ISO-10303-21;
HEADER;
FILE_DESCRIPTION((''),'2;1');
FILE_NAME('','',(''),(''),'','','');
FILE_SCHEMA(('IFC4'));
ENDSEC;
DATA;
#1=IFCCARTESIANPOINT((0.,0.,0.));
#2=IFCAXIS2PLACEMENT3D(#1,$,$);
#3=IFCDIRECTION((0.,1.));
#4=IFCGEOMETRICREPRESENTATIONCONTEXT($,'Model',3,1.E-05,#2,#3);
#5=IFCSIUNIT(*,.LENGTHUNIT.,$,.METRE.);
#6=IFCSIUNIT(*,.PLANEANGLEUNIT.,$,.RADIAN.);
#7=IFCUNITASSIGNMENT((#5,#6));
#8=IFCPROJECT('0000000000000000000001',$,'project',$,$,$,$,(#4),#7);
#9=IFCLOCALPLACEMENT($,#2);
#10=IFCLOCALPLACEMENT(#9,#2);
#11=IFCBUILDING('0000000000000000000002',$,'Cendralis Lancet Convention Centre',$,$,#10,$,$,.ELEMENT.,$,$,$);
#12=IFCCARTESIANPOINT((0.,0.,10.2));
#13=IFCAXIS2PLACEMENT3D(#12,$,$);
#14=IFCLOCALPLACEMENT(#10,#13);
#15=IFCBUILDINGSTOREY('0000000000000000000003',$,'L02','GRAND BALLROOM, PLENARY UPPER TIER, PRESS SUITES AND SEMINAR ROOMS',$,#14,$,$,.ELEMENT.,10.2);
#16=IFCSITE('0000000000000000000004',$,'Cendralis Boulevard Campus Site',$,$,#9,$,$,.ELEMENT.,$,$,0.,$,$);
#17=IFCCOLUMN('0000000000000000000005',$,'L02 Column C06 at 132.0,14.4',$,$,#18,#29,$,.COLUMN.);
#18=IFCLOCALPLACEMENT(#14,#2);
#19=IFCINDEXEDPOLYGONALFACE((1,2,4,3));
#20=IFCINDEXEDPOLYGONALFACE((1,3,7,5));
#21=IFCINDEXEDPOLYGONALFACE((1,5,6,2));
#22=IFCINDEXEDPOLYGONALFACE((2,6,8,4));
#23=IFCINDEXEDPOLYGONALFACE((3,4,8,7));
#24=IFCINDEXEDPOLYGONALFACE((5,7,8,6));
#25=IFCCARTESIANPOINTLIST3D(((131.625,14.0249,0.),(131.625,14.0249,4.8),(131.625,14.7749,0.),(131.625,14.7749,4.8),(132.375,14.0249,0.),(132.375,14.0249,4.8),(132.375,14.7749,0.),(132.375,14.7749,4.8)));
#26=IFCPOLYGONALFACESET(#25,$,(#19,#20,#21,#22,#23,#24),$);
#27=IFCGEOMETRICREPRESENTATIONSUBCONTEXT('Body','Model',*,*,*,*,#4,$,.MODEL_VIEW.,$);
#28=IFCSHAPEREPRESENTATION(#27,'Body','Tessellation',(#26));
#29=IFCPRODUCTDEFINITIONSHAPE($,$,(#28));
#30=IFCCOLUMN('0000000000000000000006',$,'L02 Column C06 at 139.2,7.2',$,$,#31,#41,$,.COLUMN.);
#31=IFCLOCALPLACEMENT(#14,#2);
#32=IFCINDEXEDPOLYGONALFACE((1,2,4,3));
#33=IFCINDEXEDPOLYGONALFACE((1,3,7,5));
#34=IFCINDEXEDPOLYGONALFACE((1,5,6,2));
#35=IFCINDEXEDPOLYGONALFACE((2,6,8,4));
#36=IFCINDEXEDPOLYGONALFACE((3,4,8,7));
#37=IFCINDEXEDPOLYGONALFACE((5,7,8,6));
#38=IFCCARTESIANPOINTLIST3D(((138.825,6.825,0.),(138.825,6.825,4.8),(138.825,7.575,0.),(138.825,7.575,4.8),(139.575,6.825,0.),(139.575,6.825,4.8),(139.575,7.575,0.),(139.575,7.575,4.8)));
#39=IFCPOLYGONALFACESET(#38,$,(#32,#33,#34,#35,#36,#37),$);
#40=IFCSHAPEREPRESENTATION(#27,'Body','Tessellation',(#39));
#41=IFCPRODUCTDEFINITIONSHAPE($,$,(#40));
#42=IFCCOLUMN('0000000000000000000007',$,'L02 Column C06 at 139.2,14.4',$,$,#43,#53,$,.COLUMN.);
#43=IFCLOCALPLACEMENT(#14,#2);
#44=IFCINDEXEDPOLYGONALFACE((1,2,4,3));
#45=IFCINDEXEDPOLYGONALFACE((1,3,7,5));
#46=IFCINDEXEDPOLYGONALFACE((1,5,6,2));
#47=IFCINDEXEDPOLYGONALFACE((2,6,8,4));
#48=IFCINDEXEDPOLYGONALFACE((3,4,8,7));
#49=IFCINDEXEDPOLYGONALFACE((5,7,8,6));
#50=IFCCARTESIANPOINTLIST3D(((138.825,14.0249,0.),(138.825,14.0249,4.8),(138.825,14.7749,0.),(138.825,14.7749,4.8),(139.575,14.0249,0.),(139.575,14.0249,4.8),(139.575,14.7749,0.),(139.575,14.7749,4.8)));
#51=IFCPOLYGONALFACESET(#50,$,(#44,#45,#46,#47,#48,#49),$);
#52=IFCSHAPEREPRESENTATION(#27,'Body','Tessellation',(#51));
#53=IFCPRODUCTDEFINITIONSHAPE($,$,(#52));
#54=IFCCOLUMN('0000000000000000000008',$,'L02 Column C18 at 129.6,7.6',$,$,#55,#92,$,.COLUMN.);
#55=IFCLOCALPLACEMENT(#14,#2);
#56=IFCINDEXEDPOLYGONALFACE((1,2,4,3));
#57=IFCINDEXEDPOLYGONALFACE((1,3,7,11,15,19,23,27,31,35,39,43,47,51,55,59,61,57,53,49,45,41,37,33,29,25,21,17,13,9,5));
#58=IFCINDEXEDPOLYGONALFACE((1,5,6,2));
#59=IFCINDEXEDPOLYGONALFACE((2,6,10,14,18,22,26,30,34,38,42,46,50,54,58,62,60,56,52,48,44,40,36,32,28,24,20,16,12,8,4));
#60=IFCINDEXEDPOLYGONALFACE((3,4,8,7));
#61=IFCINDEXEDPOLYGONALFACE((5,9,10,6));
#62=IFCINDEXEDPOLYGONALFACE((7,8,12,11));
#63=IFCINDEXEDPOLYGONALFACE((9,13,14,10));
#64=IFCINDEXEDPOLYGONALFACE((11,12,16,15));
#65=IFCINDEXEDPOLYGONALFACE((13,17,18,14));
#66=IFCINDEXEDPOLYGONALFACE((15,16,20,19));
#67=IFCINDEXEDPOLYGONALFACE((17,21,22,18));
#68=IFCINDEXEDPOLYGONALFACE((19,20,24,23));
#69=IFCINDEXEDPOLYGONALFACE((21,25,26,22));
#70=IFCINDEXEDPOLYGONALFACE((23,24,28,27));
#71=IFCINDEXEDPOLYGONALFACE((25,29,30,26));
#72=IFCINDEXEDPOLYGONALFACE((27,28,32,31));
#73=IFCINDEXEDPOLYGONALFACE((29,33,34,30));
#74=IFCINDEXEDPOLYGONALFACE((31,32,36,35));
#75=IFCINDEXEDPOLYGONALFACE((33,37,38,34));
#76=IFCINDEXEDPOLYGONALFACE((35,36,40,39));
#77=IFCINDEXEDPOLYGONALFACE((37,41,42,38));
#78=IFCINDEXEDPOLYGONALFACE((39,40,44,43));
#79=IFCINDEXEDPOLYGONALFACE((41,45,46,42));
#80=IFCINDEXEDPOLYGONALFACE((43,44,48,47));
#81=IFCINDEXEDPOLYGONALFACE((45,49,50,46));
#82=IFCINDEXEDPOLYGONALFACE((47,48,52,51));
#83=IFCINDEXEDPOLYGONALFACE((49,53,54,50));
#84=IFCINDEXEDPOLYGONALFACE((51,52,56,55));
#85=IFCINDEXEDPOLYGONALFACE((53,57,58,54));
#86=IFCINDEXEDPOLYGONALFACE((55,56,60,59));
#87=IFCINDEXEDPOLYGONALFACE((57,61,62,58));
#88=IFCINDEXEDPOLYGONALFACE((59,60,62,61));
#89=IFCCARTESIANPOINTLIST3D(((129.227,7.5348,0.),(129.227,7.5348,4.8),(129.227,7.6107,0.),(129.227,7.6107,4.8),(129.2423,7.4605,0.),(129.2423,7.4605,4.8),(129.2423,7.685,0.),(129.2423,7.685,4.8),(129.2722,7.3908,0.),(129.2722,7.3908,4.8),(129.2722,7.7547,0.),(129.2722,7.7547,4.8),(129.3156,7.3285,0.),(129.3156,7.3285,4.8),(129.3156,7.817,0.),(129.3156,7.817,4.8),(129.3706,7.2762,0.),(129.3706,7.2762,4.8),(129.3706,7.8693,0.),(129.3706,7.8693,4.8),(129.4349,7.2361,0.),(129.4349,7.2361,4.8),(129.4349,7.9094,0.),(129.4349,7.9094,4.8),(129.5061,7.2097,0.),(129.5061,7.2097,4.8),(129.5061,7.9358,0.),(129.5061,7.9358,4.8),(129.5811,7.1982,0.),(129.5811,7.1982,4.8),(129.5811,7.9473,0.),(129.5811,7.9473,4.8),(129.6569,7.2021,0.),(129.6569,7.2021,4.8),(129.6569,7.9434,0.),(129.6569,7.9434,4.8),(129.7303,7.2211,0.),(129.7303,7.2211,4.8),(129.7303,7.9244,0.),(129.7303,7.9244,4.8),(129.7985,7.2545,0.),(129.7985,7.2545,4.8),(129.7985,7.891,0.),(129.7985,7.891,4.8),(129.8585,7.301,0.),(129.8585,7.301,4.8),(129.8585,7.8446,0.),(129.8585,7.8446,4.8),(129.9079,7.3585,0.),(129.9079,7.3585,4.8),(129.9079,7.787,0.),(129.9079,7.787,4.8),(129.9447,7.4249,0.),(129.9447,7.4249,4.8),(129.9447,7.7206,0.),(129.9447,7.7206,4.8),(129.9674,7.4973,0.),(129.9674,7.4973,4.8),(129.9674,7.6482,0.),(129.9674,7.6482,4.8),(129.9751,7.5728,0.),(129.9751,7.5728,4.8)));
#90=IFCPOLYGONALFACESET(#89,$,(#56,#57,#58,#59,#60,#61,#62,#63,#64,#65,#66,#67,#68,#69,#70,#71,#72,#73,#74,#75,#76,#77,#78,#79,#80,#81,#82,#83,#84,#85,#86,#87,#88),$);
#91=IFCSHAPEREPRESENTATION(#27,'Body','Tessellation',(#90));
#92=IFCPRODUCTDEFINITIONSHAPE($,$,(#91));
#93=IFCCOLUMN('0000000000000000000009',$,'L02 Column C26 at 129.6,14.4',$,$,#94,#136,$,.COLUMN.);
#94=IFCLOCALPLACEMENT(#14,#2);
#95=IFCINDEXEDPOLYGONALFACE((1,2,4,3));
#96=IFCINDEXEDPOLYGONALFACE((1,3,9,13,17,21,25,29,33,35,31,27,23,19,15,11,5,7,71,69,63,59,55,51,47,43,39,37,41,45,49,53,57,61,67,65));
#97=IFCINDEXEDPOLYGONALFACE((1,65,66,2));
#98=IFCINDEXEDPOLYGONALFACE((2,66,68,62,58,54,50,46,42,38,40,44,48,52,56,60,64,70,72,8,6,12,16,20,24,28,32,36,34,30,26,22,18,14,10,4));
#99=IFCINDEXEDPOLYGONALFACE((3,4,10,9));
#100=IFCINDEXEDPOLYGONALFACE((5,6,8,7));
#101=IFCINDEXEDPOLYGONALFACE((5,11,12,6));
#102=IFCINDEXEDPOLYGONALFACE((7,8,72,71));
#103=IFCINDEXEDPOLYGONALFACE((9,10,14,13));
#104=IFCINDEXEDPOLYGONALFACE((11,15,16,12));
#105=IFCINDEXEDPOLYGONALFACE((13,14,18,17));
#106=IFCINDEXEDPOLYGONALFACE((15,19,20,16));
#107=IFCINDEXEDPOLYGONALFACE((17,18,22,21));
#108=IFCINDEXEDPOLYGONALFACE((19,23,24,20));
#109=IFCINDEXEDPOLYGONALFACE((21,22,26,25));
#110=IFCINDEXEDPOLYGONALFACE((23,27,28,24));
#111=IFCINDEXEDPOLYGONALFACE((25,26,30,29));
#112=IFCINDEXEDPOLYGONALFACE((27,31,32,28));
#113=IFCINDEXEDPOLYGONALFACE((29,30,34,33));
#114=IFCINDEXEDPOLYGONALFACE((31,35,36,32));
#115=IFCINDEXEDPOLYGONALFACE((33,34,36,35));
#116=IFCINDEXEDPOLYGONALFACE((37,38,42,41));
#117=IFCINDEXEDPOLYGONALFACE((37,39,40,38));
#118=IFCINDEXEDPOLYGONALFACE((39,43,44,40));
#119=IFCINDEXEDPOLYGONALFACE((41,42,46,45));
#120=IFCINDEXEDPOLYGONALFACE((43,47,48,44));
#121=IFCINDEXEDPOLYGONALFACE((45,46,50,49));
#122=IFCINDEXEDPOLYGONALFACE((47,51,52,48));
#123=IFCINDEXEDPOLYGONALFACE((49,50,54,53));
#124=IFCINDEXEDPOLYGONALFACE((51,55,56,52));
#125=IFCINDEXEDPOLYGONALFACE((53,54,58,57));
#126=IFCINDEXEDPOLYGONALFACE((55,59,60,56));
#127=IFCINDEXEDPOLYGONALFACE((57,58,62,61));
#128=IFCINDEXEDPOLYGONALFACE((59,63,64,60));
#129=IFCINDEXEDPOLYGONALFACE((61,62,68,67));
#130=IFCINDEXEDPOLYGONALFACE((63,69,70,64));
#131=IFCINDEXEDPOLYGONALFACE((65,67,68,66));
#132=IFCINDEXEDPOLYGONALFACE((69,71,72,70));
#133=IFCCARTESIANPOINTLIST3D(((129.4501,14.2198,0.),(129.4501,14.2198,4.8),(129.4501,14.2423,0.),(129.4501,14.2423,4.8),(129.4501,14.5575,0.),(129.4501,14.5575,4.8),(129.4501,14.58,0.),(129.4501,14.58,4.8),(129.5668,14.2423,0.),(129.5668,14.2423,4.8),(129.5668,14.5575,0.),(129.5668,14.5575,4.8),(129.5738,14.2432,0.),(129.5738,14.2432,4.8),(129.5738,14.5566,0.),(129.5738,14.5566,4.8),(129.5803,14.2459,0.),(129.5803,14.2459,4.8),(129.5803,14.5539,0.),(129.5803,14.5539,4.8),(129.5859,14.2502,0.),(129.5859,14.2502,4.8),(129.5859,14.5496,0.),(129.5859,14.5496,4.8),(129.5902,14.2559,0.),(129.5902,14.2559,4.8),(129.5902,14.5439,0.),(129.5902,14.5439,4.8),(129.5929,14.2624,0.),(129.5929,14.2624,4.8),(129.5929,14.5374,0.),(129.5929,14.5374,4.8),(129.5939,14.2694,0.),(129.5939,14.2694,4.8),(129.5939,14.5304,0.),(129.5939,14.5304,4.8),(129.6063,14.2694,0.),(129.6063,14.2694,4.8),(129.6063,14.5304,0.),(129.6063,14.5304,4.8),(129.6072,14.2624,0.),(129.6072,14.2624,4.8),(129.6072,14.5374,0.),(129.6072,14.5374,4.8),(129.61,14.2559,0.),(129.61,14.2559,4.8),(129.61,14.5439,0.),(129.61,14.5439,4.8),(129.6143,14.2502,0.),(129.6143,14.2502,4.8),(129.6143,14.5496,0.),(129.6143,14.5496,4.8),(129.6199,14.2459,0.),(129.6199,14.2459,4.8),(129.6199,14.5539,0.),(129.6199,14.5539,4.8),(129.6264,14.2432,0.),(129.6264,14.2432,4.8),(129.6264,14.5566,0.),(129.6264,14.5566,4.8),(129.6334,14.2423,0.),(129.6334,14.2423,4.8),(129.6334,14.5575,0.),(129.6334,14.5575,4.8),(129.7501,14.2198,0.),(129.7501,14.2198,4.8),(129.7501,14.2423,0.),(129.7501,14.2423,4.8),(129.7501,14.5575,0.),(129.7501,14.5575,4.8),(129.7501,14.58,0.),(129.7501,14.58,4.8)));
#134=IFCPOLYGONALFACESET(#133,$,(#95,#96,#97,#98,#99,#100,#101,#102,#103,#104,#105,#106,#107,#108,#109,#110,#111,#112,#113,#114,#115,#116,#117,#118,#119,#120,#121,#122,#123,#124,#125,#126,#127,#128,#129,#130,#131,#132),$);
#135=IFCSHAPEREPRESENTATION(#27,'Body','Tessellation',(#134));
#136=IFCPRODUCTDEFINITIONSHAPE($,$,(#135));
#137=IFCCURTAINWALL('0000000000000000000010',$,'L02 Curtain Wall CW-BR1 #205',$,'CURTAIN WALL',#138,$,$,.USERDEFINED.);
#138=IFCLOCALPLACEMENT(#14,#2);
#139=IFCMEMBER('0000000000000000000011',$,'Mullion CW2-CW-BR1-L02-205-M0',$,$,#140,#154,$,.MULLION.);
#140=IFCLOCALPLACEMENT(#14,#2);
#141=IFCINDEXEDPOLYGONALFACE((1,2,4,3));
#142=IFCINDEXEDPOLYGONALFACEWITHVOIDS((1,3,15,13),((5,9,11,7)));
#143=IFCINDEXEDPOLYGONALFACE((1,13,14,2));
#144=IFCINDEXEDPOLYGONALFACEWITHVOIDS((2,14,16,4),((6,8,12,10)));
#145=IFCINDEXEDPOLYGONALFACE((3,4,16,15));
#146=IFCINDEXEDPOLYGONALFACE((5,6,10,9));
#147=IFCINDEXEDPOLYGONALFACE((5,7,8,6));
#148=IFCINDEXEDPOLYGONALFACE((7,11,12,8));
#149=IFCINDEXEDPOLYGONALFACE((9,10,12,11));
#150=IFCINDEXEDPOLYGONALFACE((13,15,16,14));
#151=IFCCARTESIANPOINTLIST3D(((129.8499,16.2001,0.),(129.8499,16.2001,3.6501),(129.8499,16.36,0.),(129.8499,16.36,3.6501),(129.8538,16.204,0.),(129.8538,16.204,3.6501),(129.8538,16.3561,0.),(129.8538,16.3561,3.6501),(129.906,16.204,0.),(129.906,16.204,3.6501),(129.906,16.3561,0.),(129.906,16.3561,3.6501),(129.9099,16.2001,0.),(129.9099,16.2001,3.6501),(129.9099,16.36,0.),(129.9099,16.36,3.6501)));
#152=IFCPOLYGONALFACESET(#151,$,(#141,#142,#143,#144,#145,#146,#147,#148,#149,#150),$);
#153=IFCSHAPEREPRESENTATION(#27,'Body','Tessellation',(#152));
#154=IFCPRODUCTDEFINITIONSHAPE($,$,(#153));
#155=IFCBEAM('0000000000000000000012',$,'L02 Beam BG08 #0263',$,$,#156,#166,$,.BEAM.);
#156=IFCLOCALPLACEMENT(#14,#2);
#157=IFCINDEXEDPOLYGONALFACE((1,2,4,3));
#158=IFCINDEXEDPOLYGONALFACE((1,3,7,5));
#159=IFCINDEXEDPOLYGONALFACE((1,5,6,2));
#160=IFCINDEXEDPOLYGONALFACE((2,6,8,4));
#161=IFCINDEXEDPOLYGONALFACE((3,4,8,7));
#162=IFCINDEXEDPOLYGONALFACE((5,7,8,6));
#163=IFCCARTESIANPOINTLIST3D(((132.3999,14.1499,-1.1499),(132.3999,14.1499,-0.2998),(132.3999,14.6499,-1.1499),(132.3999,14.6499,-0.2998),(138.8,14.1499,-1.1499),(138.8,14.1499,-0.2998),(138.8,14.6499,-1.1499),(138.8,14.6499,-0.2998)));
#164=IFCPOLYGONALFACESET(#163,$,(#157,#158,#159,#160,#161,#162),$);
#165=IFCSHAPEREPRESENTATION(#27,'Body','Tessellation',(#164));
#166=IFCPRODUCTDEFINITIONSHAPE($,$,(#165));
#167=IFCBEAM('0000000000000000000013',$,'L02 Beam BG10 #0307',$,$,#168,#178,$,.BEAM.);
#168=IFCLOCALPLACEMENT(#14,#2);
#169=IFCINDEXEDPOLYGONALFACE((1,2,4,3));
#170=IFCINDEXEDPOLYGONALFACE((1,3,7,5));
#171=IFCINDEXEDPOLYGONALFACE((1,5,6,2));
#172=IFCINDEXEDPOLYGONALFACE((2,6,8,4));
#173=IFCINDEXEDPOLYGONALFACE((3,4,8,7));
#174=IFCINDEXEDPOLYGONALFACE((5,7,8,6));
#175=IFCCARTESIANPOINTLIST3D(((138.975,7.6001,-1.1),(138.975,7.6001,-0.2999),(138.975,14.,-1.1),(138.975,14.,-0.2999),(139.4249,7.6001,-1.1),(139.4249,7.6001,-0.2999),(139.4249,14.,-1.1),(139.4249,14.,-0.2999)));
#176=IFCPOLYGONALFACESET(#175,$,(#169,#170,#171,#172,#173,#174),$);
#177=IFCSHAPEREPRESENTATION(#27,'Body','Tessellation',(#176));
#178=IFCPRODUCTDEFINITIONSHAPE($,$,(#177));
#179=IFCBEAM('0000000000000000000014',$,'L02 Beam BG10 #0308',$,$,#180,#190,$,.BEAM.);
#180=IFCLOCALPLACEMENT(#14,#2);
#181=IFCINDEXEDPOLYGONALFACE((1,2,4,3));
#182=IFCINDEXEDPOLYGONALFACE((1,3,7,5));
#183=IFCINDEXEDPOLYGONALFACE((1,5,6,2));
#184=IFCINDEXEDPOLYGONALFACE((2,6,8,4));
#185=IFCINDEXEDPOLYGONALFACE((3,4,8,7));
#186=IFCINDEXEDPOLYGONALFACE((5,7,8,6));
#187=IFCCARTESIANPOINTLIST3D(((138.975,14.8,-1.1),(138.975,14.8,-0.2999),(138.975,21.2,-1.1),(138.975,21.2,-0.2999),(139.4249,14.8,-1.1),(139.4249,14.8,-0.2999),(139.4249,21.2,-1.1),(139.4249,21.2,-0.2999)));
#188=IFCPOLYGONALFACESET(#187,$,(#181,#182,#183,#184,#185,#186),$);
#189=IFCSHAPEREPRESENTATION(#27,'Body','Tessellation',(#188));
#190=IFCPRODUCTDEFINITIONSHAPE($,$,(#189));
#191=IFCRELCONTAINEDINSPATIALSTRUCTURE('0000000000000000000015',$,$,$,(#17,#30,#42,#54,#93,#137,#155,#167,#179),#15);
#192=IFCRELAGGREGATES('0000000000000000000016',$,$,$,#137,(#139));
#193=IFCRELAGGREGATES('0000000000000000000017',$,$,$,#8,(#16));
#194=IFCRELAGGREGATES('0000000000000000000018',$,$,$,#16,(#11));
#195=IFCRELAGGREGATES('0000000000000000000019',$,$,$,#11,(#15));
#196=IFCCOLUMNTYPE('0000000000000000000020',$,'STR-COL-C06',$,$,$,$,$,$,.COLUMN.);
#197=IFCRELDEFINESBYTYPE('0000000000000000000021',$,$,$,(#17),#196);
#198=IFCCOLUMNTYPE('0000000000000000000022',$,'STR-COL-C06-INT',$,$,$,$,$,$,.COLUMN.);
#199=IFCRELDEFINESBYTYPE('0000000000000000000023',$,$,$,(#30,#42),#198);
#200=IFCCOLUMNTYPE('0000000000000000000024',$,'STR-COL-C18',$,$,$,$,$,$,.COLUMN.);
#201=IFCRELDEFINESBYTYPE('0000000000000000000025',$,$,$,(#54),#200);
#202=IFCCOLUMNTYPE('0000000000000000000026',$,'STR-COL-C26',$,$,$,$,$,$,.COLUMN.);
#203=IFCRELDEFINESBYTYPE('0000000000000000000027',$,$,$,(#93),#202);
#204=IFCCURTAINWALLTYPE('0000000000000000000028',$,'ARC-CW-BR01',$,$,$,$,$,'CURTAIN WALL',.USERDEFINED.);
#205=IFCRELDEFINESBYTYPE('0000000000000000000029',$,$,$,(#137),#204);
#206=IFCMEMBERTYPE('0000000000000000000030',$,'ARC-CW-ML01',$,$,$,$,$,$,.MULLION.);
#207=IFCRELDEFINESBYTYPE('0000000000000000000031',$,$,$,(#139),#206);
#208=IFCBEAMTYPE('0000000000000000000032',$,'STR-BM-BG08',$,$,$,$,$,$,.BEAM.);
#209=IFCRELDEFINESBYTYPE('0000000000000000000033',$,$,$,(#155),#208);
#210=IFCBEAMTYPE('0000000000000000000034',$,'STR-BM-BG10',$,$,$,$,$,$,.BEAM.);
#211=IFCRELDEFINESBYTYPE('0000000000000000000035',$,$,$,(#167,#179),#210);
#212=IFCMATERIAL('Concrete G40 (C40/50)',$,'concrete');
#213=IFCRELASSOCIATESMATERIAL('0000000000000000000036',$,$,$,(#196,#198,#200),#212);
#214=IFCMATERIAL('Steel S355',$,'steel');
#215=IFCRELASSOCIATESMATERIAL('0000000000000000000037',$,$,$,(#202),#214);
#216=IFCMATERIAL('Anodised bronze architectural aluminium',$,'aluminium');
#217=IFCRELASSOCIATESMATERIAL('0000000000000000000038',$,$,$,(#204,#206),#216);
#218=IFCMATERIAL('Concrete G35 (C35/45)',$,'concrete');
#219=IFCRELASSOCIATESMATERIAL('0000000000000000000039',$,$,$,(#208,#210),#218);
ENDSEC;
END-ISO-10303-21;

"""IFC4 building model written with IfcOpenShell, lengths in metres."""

from ifc_helpers import new_model, si_unit, direction, frame, origin, origin_2d, place, context, subcontext, project, spatial, rectangle, hollow_rectangle, circle, i_section, extrude, material, material_profile, profile_set, type_object, element, aggregate, save


model = new_model("IFC4")

# Units and contexts
model_context = context("Model", 3, precision=1e-05, world=origin(), true_north=direction((0.0, 1.0)))
body_context = subcontext(model_context, "Body", "Model", "MODEL_VIEW")
ifc_project = project(units=[si_unit("LENGTHUNIT", "METRE"), si_unit("PLANEANGLEUNIT", "RADIAN")], contexts=[model_context])

# Site, building, storey
site_placement = place(None, origin())
site = spatial("IfcSite", under=ifc_project, at=site_placement, Name="Cendralis Boulevard Campus Site", CompositionType="ELEMENT", RefElevation=0.0)
building_placement = place(site_placement, origin())
building = spatial("IfcBuilding", under=site, at=building_placement, Name="Cendralis Lancet Convention Centre", CompositionType="ELEMENT")
storey_placement = place(building_placement, frame((0.0, 0.0, 10.2)))
storey = spatial("IfcBuildingStorey", under=building, at=storey_placement, Name="L02", Description="GRAND BALLROOM, PLENARY UPPER TIER, PRESS SUITES AND SEMINAR ROOMS", CompositionType="ELEMENT", Elevation=10.2)

# Columns
ifc_material_1 = material(Name="Concrete G40 (C40/50)", Category="concrete")
ifc_material_profile_1 = material_profile(ifc_material_1, rectangle(XDim=0.75, YDim=0.75, at=origin_2d()), Name="RC 750x750")
ifc_profile_set_1 = profile_set([ifc_material_profile_1], Name="Concrete G40 (C40/50)")
column_type_1 = type_object("IfcColumnType", Name="STR-COL-C06", PredefinedType="COLUMN", material=ifc_profile_set_1)
column_1_placement = place(storey_placement, frame((132.0, 14.3999, 0.0), z_axis=(0.0, 0.0, 1.0), x_axis=(1.0, 0.0, 0.0)))
element("IfcColumn", 1, at=column_1_placement, inside=storey, type_object=column_type_1, Name="L02 Column C06 at 132.0,14.4", PredefinedType="COLUMN", context=body_context, shape_type="SweptSolid", body=[
    extrude(rectangle(XDim=0.75, YDim=0.75, at=origin_2d()), origin(), (0.0, 0.0, 1.0), 4.8),
])
ifc_material_profile_2 = material_profile(ifc_material_1, rectangle(XDim=0.75, YDim=0.75, at=origin_2d()), Name="RC 750x750")
ifc_profile_set_2 = profile_set([ifc_material_profile_2], Name="Concrete G40 (C40/50)")
column_type_2 = type_object("IfcColumnType", Name="STR-COL-C06-INT", PredefinedType="COLUMN", material=ifc_profile_set_2)
for number, where, z_axis, x_axis, name in (
    (2, (139.2, 7.2, 0.0), (0.0, 0.0, 1.0), (1.0, 0.0, 0.0), "L02 Column C06 at 139.2,7.2"),
    (3, (139.2, 14.3999, 0.0), (0.0, 0.0, 1.0), (1.0, 0.0, 0.0), "L02 Column C06 at 139.2,14.4"),
):
    element("IfcColumn", number, at=place(storey_placement, frame(where, z_axis=z_axis, x_axis=x_axis)), inside=storey, type_object=column_type_2, Name=name, PredefinedType="COLUMN", context=body_context, shape_type="SweptSolid", body=[
        extrude(rectangle(XDim=0.75, YDim=0.75, at=origin_2d()), origin(), (0.0, 0.0, 1.0), 4.8),
    ])
ifc_material_profile_3 = material_profile(ifc_material_1, circle(Radius=0.375, at=origin_2d()), Name="RC D750")
ifc_profile_set_3 = profile_set([ifc_material_profile_3], Name="Concrete G40 (C40/50)")
column_type_3 = type_object("IfcColumnType", Name="STR-COL-C18", PredefinedType="COLUMN", material=ifc_profile_set_3)
column_2_placement = place(storey_placement, frame((129.6001, 7.5728, 0.0), z_axis=(0.0, 0.0, 1.0), x_axis=(1.0, 0.0, 0.0)))
element("IfcColumn", 4, at=column_2_placement, inside=storey, type_object=column_type_3, Name="L02 Column C18 at 129.6,7.6", PredefinedType="COLUMN", context=body_context, shape_type="SweptSolid", body=[
    extrude(circle(Radius=0.375, at=origin_2d()), origin(), (0.0, 0.0, 1.0), 4.8),
])
ifc_material_2 = material(Name="Steel S355", Category="steel")
ifc_material_profile_4 = material_profile(ifc_material_2, i_section(OverallWidth=0.3, OverallDepth=0.3601, WebThickness=0.0125, FlangeThickness=0.0225, FilletRadius=0.0271, at=origin_2d()), Name="HEB 360")
ifc_profile_set_4 = profile_set([ifc_material_profile_4], Name="Steel S355")
column_type_4 = type_object("IfcColumnType", Name="STR-COL-C26", PredefinedType="COLUMN", material=ifc_profile_set_4)
column_3_placement = place(storey_placement, frame((129.6001, 14.3999, 0.0), z_axis=(0.0, 0.0, 1.0), x_axis=(1.0, 0.0, 0.0)))
element("IfcColumn", 5, at=column_3_placement, inside=storey, type_object=column_type_4, Name="L02 Column C26 at 129.6,14.4", PredefinedType="COLUMN", context=body_context, shape_type="SweptSolid", body=[
    extrude(i_section(OverallWidth=0.3, OverallDepth=0.3601, WebThickness=0.0125, FlangeThickness=0.0225, FilletRadius=0.0271, at=origin_2d()), origin(), (0.0, 0.0, 1.0), 4.8),
])

# Curtain wall, member
ifc_material_3 = material(Name="Anodised bronze architectural aluminium", Category="aluminium")
curtain_wall_type = type_object("IfcCurtainWallType", Name="ARC-CW-BR01", ElementType="CURTAIN WALL", PredefinedType="USERDEFINED", material=ifc_material_3)
curtain_wall_placement = place(storey_placement, origin())
curtain_wall = element("IfcCurtainWall", 6, at=curtain_wall_placement, inside=storey, type_object=curtain_wall_type, Name="L02 Curtain Wall CW-BR1 #205", ObjectType="CURTAIN WALL", PredefinedType="USERDEFINED")
ifc_material_profile_5 = material_profile(ifc_material_3, hollow_rectangle(XDim=0.0601, YDim=0.1599, WallThickness=0.0039, at=origin_2d()), Name="AL-MULL 60x160x4.0")
ifc_profile_set_5 = profile_set([ifc_material_profile_5], Name="Anodised bronze architectural aluminium")
member_type = type_object("IfcMemberType", Name="ARC-CW-ML01", PredefinedType="MULLION", material=ifc_profile_set_5)
member_placement = place(storey_placement, frame((129.8799, 16.28, 0.0), z_axis=(0.0, 0.0, 1.0), x_axis=(1.0, 0.0, 0.0)))
member = element("IfcMember", 7, at=member_placement, type_object=member_type, Name="Mullion CW2-CW-BR1-L02-205-M0", PredefinedType="MULLION", context=body_context, shape_type="SweptSolid", body=[
    extrude(hollow_rectangle(XDim=0.0601, YDim=0.1599, WallThickness=0.0039, at=origin_2d()), origin(), (0.0, 0.0, 1.0), 3.6501),
])
aggregate(curtain_wall, [member])

# Beams
ifc_material_4 = material(Name="Concrete G35 (C35/45)", Category="concrete")
ifc_material_profile_6 = material_profile(ifc_material_4, rectangle(XDim=0.5, YDim=0.8501, at=origin_2d()), Name="RCB 500x850")
ifc_profile_set_6 = profile_set([ifc_material_profile_6], Name="Concrete G35 (C35/45)")
beam_type_1 = type_object("IfcBeamType", Name="STR-BM-BG08", PredefinedType="BEAM", material=ifc_profile_set_6)
beam_1_placement = place(storey_placement, frame((132.3999, 14.3999, -0.7249), z_axis=(1.0, 0.0, 0.0), x_axis=(0.0, 1.0, 0.0)))
element("IfcBeam", 8, at=beam_1_placement, inside=storey, type_object=beam_type_1, Name="L02 Beam BG08 #0263", PredefinedType="BEAM", context=body_context, shape_type="SweptSolid", body=[
    extrude(rectangle(XDim=0.5, YDim=0.8501, at=origin_2d()), origin(), (0.0, 0.0, 1.0), 6.4001),
])
ifc_material_profile_7 = material_profile(ifc_material_4, rectangle(XDim=0.45, YDim=0.8, at=origin_2d()), Name="RCB 450x800")
ifc_profile_set_7 = profile_set([ifc_material_profile_7], Name="Concrete G35 (C35/45)")
beam_type_2 = type_object("IfcBeamType", Name="STR-BM-BG10", PredefinedType="BEAM", material=ifc_profile_set_7)
for number, where, z_axis, x_axis, name in (
    (9, (139.2, 7.6001, -0.7), (0.0, 1.0, 0.0), (-1.0, 0.0, 0.0), "L02 Beam BG10 #0307"),
    (10, (139.2, 14.8, -0.7), (0.0, 1.0, 0.0), (-1.0, 0.0, 0.0), "L02 Beam BG10 #0308"),
):
    element("IfcBeam", number, at=place(storey_placement, frame(where, z_axis=z_axis, x_axis=x_axis)), inside=storey, type_object=beam_type_2, Name=name, PredefinedType="BEAM", context=body_context, shape_type="SweptSolid", body=[
        extrude(rectangle(XDim=0.45, YDim=0.8, at=origin_2d()), origin(), (0.0, 0.0, 1.0), 6.3999),
    ])

save(model, "model.ifc")
